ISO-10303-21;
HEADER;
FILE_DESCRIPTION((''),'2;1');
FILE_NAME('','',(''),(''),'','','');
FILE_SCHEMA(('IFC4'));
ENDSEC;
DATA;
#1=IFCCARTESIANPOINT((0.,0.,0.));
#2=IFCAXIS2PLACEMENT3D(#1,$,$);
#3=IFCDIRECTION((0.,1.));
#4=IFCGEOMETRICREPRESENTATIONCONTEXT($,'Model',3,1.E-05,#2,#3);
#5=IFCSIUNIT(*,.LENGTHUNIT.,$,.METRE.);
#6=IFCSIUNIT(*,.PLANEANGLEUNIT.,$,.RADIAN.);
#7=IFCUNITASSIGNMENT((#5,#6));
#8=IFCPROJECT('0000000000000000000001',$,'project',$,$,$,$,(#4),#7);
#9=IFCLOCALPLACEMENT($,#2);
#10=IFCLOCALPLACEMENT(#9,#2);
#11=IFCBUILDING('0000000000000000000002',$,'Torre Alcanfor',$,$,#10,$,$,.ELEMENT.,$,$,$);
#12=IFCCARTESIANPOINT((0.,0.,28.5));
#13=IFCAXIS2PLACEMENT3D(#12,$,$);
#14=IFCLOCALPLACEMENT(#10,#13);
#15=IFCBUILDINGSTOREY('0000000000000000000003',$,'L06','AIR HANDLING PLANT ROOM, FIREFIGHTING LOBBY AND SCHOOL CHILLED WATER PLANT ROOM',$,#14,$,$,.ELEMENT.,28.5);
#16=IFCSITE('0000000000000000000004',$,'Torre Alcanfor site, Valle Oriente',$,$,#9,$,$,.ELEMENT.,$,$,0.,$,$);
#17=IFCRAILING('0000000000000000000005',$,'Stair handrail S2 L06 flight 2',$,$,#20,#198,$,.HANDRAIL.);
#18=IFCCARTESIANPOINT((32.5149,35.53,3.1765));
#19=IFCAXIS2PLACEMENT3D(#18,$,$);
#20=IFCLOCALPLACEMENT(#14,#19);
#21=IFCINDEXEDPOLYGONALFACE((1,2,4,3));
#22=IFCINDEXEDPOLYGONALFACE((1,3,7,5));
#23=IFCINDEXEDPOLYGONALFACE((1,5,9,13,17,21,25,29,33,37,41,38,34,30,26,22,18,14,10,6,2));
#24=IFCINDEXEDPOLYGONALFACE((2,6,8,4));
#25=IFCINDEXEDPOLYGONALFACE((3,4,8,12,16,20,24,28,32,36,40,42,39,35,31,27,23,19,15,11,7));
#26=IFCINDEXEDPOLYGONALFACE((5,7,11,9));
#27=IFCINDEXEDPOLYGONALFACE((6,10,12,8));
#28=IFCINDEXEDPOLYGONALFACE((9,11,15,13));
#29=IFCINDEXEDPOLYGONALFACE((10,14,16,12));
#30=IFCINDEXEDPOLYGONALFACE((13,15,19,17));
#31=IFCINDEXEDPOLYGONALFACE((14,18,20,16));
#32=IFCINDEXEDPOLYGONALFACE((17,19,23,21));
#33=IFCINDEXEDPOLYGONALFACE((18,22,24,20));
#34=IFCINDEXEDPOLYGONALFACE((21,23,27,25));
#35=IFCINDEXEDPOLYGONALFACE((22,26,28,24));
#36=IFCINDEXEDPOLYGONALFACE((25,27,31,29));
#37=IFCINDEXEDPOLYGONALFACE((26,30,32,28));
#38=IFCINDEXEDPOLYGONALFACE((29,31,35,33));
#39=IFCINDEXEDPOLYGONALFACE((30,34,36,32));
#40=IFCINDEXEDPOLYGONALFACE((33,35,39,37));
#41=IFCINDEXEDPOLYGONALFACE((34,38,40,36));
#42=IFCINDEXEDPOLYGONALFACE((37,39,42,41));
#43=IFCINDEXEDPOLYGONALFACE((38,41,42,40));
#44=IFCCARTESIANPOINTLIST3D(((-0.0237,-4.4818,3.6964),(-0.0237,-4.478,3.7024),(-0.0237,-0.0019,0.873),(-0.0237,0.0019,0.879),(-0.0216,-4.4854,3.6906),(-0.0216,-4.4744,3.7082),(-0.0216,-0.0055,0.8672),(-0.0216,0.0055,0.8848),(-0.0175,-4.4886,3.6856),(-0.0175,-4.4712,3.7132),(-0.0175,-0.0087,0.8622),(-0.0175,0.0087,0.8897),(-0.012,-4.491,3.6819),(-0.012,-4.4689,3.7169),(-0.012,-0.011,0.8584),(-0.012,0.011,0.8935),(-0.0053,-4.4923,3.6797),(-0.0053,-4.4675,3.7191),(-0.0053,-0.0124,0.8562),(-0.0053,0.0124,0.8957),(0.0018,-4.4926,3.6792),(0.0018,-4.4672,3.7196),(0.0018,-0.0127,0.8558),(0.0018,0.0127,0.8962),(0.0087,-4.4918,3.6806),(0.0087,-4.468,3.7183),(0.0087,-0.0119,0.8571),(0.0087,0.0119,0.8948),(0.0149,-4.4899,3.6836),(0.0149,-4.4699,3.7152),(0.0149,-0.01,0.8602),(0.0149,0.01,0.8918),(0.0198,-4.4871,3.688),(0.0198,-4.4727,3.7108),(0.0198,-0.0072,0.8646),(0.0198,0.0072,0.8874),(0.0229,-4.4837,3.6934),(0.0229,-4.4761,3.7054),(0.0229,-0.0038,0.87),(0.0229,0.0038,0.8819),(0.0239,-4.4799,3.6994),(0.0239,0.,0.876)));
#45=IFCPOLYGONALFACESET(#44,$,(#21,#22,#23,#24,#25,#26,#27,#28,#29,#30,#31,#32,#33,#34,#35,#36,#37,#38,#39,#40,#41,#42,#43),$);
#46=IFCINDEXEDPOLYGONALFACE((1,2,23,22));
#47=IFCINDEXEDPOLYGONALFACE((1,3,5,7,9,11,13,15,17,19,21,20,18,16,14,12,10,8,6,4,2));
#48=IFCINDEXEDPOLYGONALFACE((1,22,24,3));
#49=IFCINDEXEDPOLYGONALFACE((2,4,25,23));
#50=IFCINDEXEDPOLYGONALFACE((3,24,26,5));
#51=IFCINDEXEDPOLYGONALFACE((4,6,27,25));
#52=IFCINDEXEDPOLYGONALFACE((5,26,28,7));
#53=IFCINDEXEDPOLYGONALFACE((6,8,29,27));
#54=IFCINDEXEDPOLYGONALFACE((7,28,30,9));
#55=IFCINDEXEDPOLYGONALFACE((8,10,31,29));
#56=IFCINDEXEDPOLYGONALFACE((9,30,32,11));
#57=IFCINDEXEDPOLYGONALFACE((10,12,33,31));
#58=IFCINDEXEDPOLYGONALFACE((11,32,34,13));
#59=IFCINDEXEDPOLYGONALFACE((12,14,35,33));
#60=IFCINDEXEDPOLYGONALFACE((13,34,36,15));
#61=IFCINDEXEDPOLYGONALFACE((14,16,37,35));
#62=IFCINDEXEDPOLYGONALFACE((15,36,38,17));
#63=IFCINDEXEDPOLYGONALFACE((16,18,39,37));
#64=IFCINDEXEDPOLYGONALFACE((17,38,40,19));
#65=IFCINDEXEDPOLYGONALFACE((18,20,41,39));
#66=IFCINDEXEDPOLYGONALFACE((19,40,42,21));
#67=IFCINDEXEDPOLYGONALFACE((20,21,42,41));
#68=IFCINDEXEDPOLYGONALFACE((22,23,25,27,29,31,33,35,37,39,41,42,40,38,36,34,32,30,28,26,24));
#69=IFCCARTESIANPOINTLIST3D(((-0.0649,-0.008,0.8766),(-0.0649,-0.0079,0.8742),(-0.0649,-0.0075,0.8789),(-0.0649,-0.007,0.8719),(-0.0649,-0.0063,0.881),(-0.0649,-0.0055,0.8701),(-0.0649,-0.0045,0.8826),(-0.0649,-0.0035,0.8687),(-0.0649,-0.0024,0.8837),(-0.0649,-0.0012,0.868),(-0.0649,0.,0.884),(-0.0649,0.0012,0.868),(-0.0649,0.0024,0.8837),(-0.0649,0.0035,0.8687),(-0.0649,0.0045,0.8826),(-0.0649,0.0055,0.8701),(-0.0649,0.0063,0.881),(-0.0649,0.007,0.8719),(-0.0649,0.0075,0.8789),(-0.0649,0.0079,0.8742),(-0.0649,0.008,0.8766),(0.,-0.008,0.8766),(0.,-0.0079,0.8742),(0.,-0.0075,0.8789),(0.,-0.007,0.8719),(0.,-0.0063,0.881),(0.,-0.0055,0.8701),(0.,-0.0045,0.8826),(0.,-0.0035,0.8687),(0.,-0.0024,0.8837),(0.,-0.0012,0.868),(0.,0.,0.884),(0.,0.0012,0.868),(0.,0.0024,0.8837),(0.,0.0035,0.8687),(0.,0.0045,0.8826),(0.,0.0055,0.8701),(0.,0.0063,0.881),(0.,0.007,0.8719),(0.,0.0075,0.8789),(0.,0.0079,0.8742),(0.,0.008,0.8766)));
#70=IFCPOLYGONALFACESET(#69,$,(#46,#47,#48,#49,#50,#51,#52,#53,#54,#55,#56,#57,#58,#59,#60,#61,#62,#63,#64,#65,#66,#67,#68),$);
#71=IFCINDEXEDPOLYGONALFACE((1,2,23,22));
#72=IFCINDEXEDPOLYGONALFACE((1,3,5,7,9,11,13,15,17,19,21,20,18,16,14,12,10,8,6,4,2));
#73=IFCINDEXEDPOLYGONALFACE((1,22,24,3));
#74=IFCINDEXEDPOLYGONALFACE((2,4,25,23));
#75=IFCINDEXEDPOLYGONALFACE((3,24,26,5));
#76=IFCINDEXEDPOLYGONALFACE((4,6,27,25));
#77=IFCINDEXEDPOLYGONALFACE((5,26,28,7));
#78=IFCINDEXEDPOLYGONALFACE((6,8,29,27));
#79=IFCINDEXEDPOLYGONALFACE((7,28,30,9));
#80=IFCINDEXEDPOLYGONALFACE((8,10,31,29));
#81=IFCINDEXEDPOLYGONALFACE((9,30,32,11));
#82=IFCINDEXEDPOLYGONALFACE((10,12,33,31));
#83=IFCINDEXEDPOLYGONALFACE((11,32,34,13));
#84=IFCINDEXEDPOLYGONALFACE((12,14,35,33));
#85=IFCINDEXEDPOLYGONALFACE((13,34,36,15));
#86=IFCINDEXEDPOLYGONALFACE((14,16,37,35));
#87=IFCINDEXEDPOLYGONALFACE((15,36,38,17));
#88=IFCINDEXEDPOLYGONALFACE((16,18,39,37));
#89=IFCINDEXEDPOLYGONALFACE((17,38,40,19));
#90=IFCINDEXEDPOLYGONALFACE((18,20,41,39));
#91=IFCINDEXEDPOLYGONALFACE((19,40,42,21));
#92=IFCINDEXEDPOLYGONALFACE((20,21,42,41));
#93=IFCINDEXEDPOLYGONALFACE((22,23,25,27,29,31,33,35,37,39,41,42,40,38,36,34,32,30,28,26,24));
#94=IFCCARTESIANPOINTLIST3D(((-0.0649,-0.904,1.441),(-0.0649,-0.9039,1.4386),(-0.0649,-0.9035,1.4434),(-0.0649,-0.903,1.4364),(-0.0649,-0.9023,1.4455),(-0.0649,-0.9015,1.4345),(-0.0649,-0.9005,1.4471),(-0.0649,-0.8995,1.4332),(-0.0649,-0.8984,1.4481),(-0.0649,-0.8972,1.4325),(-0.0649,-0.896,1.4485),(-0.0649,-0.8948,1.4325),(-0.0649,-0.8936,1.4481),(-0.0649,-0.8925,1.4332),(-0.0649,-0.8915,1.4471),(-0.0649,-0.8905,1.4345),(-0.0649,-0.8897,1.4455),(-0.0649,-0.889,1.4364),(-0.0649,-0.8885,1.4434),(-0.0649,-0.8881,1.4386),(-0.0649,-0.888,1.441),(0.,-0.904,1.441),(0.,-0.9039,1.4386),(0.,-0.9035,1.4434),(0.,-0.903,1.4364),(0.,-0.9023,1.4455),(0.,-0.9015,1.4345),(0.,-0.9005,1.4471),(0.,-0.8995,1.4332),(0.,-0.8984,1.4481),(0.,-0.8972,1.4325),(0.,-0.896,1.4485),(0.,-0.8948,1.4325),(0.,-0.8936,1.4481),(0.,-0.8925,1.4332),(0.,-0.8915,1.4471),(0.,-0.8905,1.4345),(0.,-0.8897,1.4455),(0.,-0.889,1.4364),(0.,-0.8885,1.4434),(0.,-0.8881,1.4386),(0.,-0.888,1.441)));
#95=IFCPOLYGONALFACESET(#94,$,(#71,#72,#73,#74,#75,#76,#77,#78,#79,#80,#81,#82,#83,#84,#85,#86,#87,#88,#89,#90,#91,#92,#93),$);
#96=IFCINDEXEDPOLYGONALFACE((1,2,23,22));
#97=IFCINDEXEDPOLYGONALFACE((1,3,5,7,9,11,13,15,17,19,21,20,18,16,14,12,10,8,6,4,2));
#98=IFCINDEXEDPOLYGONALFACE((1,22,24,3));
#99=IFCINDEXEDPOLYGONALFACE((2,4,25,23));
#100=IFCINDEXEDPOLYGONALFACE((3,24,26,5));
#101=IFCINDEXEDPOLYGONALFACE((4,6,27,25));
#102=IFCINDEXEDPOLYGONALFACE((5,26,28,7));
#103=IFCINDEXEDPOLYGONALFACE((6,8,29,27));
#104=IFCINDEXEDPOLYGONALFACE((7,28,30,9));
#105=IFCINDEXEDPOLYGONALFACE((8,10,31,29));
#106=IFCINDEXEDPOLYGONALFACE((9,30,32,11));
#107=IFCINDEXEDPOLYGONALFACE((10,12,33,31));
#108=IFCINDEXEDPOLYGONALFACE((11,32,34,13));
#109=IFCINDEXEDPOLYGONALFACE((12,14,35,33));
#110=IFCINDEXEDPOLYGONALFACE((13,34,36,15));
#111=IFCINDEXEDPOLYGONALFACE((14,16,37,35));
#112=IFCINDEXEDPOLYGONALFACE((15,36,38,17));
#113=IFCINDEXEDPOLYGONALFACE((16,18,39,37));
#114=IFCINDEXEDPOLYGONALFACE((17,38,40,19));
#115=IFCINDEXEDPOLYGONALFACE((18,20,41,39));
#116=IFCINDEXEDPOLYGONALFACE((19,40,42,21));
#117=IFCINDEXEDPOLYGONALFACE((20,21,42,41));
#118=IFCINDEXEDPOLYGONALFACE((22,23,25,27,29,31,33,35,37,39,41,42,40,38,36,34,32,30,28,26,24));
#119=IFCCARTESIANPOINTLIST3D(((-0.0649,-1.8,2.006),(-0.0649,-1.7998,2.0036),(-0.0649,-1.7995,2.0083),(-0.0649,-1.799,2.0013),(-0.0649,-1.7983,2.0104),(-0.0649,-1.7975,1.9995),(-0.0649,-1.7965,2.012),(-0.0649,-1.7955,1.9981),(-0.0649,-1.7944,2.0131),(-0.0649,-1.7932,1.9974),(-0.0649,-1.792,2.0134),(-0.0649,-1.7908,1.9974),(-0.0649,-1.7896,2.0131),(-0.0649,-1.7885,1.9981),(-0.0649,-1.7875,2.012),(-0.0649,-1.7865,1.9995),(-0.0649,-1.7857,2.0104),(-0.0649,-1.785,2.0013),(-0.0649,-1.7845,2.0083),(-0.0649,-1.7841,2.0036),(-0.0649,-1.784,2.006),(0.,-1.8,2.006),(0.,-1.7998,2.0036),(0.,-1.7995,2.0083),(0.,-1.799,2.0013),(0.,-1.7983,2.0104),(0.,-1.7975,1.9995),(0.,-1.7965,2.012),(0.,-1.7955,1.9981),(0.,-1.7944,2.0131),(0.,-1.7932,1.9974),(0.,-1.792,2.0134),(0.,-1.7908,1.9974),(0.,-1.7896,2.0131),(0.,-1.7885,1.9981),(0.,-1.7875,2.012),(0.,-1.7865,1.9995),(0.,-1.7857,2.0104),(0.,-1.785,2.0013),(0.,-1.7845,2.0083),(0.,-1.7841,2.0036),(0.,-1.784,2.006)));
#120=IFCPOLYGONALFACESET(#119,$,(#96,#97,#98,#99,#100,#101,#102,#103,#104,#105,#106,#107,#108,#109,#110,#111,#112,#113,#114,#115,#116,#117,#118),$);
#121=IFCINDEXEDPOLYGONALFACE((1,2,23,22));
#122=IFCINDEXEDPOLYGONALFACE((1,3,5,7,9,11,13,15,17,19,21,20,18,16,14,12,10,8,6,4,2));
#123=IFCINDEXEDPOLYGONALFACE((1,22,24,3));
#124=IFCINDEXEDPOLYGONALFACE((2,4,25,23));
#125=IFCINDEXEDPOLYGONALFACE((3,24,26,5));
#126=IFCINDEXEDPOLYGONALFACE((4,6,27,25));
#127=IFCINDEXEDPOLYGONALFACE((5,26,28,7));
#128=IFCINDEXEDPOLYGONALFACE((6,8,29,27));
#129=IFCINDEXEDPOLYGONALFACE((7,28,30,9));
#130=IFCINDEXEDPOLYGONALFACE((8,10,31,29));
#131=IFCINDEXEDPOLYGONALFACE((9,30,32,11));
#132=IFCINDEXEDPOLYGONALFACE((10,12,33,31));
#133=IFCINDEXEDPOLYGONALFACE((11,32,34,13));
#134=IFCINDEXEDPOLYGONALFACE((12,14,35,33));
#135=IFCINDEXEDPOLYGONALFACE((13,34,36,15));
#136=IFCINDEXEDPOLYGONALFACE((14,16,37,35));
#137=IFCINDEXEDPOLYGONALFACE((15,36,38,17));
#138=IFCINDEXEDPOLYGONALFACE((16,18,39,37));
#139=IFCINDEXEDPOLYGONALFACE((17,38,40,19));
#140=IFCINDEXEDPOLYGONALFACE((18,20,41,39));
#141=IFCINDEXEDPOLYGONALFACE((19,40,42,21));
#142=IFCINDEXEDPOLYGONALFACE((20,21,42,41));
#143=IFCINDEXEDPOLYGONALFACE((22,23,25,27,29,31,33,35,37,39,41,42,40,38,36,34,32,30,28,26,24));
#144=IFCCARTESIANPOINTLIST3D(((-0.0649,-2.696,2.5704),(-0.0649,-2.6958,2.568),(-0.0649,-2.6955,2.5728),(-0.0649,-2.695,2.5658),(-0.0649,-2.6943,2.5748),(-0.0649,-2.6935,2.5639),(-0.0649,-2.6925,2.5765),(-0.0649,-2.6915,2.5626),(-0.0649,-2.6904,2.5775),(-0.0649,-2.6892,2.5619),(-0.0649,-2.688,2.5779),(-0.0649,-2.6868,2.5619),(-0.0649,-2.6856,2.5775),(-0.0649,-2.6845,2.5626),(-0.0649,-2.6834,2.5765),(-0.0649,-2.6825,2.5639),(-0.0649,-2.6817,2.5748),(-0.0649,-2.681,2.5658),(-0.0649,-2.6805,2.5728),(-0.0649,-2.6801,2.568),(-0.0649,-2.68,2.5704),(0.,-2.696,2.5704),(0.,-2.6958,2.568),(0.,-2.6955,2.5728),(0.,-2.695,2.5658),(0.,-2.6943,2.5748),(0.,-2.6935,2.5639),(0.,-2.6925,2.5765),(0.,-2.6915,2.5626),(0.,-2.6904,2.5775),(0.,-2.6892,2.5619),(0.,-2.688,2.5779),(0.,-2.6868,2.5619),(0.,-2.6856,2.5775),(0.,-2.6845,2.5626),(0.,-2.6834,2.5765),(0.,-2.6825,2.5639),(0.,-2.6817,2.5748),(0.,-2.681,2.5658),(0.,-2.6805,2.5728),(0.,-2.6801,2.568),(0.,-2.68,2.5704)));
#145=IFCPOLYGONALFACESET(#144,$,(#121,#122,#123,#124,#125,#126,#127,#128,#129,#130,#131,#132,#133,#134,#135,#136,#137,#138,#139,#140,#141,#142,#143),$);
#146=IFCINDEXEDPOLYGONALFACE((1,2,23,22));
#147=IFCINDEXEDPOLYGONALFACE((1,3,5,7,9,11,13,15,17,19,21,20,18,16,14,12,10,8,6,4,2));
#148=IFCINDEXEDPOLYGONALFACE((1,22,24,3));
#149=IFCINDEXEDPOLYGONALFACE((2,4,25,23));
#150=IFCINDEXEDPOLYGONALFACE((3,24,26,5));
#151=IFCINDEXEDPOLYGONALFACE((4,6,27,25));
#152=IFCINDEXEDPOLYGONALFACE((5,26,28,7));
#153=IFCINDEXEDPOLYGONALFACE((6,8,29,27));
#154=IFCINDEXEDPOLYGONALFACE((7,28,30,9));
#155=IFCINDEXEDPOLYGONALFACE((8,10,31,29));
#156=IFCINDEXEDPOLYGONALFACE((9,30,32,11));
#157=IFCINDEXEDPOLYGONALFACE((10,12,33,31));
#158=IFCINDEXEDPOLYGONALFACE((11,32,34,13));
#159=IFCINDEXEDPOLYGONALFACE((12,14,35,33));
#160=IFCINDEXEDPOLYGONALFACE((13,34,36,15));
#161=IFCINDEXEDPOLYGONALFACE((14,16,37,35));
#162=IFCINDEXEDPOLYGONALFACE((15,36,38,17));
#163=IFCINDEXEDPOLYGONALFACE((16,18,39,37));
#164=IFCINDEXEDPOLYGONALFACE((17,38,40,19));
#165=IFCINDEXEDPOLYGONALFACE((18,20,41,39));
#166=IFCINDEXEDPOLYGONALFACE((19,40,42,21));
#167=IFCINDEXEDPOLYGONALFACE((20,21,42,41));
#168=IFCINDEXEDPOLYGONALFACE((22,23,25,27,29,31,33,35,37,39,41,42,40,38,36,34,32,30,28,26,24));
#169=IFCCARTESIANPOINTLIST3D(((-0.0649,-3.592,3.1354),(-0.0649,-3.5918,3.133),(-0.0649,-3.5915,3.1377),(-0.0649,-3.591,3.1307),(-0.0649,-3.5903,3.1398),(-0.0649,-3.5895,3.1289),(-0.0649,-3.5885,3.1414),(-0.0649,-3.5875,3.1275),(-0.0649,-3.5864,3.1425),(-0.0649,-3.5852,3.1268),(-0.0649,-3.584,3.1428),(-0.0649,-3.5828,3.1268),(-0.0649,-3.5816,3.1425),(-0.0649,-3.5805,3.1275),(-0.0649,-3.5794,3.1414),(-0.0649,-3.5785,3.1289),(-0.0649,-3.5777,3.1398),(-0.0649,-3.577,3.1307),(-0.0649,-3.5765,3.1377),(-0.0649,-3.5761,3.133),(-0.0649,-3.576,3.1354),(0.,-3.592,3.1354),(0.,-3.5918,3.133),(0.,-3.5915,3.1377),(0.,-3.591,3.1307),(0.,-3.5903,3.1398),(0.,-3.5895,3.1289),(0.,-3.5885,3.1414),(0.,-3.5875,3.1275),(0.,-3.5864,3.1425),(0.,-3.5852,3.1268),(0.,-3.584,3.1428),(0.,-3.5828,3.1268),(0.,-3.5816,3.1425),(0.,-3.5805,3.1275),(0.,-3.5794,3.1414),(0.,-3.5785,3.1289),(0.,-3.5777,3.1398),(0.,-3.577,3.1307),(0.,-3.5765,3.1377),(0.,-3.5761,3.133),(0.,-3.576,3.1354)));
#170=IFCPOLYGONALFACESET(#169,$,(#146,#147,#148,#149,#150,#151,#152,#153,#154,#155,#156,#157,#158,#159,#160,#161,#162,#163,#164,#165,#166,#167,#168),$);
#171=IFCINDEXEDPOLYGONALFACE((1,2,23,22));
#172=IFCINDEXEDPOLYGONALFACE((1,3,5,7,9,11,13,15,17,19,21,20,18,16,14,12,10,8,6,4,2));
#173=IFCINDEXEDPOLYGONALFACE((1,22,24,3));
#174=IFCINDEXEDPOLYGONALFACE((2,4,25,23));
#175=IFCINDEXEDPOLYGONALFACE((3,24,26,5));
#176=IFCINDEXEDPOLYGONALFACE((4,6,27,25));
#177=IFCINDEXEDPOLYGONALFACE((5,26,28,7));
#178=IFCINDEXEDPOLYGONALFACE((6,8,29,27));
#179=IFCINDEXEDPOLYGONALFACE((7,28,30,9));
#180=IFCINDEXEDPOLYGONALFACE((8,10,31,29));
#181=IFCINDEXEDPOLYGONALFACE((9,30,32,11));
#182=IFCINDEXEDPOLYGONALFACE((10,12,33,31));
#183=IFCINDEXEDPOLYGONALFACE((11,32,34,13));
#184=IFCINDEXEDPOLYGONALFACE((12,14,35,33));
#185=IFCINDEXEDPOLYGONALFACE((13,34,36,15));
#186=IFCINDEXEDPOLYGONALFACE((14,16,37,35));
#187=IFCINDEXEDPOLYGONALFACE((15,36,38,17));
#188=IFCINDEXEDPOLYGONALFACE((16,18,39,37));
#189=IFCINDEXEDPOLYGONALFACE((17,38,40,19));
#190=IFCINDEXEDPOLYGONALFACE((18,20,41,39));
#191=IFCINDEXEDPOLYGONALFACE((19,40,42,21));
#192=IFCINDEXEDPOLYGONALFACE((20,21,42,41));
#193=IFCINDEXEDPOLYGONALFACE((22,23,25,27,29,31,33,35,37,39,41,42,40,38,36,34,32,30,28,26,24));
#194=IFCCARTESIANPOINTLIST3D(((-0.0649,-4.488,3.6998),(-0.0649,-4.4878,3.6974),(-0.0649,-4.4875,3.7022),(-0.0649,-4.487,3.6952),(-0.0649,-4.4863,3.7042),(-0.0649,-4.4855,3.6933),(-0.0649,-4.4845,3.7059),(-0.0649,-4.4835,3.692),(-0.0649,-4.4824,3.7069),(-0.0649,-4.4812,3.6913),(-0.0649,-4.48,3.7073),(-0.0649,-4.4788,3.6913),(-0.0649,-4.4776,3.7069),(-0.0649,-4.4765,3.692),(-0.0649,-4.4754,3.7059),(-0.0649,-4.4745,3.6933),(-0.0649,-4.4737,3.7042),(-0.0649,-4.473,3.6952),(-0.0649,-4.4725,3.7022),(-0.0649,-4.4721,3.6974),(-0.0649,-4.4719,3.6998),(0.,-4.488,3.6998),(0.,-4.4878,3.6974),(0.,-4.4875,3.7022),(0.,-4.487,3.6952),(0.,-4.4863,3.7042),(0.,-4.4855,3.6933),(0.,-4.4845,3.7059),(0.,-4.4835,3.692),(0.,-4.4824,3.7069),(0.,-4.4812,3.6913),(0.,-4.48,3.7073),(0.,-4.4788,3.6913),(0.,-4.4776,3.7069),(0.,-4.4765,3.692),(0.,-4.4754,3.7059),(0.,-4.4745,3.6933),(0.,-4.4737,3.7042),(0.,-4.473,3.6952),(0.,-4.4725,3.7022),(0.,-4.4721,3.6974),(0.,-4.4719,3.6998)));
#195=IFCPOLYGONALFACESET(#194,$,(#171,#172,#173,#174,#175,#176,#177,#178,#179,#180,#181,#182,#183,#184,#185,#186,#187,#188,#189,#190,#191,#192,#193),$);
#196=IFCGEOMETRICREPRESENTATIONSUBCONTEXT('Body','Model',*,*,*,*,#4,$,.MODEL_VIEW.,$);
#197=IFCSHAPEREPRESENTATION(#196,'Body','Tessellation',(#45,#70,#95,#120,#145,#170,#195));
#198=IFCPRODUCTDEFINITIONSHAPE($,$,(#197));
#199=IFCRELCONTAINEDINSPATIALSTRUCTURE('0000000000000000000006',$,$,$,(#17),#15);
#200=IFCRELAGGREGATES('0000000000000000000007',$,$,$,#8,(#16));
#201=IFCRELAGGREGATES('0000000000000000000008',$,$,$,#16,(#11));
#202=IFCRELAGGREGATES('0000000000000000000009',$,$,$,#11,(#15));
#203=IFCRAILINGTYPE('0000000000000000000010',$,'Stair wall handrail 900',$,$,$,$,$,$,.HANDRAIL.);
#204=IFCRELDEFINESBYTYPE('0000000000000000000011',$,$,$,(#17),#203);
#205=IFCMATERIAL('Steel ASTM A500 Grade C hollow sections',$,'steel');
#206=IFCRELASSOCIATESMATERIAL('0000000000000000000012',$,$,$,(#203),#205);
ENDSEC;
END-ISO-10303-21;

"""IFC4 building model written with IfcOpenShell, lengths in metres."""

from ifc_helpers import new_model, si_unit, direction, frame, origin, origin_2d, place, context, subcontext, project, spatial, circle, extrude, material, type_object, element, save


model = new_model("IFC4")

# Units and contexts
model_context = context("Model", 3, precision=1e-05, world=origin(), true_north=direction((0.0, 1.0)))
body_context = subcontext(model_context, "Body", "Model", "MODEL_VIEW")
ifc_project = project(units=[si_unit("LENGTHUNIT", "METRE"), si_unit("PLANEANGLEUNIT", "RADIAN")], contexts=[model_context])

# Site, building, storey
site_placement = place(None, origin())
site = spatial("IfcSite", under=ifc_project, at=site_placement, Name="Torre Alcanfor site, Valle Oriente", CompositionType="ELEMENT", RefElevation=0.0)
building_placement = place(site_placement, origin())
building = spatial("IfcBuilding", under=site, at=building_placement, Name="Torre Alcanfor", CompositionType="ELEMENT")
storey_placement = place(building_placement, frame((0.0, 0.0, 28.5)))
storey = spatial("IfcBuildingStorey", under=building, at=storey_placement, Name="L06", Description="AIR HANDLING PLANT ROOM, FIREFIGHTING LOBBY AND SCHOOL CHILLED WATER PLANT ROOM", CompositionType="ELEMENT", Elevation=28.5)

# Railing
ifc_material_1 = material(Name="Steel ASTM A500 Grade C hollow sections", Category="steel")
railing_type_1 = type_object("IfcRailingType", Name="Stair wall handrail 900", PredefinedType="HANDRAIL", material=ifc_material_1)
railing_1_placement = place(storey_placement, frame((32.5149, 35.53, 3.1765)))
element("IfcRailing", 1, at=railing_1_placement, inside=storey, type_object=railing_type_1, Name="Stair handrail S2 L06 flight 2", PredefinedType="HANDRAIL", context=body_context, shape_type="SweptSolid", body=[
    extrude(circle(Radius=0.0239, at=origin_2d()), frame((0.0, 0.0, 0.876), z_axis=(0.0, -0.845998, 0.533186), x_axis=(1.0, 0.0, 0.0)), (0.0, 0.0, 1.0), 5.2954),
    extrude(circle(Radius=0.0081, at=origin_2d()), frame((0.0, 0.0, 0.876), z_axis=(-1.0, 0.0, 0.0), x_axis=(0.0, 0.0, 1.0)), (0.0, 0.0, 1.0), 0.0649),
    extrude(circle(Radius=0.0081, at=origin_2d()), frame((0.0, -0.896, 1.4404), z_axis=(-1.0, 0.0, 0.0), x_axis=(0.0, 0.0, 1.0)), (0.0, 0.0, 1.0), 0.0649),
    extrude(circle(Radius=0.0081, at=origin_2d()), frame((0.0, -1.792, 2.0054), z_axis=(-1.0, 0.0, 0.0), x_axis=(0.0, 0.0, 1.0)), (0.0, 0.0, 1.0), 0.0649),
    extrude(circle(Radius=0.0081, at=origin_2d()), frame((0.0, -2.688, 2.5698), z_axis=(-1.0, 0.0, 0.0), x_axis=(0.0, 0.0, 1.0)), (0.0, 0.0, 1.0), 0.0649),
    extrude(circle(Radius=0.0081, at=origin_2d()), frame((0.0, -3.584, 3.1348), z_axis=(-1.0, 0.0, 0.0), x_axis=(0.0, 0.0, 1.0)), (0.0, 0.0, 1.0), 0.0649),
    extrude(circle(Radius=0.0081, at=origin_2d()), frame((0.0, -4.48, 3.6992), z_axis=(-1.0, 0.0, 0.0), x_axis=(0.0, 0.0, 1.0)), (0.0, 0.0, 1.0), 0.0649),
])

save(model, "model.ifc")
